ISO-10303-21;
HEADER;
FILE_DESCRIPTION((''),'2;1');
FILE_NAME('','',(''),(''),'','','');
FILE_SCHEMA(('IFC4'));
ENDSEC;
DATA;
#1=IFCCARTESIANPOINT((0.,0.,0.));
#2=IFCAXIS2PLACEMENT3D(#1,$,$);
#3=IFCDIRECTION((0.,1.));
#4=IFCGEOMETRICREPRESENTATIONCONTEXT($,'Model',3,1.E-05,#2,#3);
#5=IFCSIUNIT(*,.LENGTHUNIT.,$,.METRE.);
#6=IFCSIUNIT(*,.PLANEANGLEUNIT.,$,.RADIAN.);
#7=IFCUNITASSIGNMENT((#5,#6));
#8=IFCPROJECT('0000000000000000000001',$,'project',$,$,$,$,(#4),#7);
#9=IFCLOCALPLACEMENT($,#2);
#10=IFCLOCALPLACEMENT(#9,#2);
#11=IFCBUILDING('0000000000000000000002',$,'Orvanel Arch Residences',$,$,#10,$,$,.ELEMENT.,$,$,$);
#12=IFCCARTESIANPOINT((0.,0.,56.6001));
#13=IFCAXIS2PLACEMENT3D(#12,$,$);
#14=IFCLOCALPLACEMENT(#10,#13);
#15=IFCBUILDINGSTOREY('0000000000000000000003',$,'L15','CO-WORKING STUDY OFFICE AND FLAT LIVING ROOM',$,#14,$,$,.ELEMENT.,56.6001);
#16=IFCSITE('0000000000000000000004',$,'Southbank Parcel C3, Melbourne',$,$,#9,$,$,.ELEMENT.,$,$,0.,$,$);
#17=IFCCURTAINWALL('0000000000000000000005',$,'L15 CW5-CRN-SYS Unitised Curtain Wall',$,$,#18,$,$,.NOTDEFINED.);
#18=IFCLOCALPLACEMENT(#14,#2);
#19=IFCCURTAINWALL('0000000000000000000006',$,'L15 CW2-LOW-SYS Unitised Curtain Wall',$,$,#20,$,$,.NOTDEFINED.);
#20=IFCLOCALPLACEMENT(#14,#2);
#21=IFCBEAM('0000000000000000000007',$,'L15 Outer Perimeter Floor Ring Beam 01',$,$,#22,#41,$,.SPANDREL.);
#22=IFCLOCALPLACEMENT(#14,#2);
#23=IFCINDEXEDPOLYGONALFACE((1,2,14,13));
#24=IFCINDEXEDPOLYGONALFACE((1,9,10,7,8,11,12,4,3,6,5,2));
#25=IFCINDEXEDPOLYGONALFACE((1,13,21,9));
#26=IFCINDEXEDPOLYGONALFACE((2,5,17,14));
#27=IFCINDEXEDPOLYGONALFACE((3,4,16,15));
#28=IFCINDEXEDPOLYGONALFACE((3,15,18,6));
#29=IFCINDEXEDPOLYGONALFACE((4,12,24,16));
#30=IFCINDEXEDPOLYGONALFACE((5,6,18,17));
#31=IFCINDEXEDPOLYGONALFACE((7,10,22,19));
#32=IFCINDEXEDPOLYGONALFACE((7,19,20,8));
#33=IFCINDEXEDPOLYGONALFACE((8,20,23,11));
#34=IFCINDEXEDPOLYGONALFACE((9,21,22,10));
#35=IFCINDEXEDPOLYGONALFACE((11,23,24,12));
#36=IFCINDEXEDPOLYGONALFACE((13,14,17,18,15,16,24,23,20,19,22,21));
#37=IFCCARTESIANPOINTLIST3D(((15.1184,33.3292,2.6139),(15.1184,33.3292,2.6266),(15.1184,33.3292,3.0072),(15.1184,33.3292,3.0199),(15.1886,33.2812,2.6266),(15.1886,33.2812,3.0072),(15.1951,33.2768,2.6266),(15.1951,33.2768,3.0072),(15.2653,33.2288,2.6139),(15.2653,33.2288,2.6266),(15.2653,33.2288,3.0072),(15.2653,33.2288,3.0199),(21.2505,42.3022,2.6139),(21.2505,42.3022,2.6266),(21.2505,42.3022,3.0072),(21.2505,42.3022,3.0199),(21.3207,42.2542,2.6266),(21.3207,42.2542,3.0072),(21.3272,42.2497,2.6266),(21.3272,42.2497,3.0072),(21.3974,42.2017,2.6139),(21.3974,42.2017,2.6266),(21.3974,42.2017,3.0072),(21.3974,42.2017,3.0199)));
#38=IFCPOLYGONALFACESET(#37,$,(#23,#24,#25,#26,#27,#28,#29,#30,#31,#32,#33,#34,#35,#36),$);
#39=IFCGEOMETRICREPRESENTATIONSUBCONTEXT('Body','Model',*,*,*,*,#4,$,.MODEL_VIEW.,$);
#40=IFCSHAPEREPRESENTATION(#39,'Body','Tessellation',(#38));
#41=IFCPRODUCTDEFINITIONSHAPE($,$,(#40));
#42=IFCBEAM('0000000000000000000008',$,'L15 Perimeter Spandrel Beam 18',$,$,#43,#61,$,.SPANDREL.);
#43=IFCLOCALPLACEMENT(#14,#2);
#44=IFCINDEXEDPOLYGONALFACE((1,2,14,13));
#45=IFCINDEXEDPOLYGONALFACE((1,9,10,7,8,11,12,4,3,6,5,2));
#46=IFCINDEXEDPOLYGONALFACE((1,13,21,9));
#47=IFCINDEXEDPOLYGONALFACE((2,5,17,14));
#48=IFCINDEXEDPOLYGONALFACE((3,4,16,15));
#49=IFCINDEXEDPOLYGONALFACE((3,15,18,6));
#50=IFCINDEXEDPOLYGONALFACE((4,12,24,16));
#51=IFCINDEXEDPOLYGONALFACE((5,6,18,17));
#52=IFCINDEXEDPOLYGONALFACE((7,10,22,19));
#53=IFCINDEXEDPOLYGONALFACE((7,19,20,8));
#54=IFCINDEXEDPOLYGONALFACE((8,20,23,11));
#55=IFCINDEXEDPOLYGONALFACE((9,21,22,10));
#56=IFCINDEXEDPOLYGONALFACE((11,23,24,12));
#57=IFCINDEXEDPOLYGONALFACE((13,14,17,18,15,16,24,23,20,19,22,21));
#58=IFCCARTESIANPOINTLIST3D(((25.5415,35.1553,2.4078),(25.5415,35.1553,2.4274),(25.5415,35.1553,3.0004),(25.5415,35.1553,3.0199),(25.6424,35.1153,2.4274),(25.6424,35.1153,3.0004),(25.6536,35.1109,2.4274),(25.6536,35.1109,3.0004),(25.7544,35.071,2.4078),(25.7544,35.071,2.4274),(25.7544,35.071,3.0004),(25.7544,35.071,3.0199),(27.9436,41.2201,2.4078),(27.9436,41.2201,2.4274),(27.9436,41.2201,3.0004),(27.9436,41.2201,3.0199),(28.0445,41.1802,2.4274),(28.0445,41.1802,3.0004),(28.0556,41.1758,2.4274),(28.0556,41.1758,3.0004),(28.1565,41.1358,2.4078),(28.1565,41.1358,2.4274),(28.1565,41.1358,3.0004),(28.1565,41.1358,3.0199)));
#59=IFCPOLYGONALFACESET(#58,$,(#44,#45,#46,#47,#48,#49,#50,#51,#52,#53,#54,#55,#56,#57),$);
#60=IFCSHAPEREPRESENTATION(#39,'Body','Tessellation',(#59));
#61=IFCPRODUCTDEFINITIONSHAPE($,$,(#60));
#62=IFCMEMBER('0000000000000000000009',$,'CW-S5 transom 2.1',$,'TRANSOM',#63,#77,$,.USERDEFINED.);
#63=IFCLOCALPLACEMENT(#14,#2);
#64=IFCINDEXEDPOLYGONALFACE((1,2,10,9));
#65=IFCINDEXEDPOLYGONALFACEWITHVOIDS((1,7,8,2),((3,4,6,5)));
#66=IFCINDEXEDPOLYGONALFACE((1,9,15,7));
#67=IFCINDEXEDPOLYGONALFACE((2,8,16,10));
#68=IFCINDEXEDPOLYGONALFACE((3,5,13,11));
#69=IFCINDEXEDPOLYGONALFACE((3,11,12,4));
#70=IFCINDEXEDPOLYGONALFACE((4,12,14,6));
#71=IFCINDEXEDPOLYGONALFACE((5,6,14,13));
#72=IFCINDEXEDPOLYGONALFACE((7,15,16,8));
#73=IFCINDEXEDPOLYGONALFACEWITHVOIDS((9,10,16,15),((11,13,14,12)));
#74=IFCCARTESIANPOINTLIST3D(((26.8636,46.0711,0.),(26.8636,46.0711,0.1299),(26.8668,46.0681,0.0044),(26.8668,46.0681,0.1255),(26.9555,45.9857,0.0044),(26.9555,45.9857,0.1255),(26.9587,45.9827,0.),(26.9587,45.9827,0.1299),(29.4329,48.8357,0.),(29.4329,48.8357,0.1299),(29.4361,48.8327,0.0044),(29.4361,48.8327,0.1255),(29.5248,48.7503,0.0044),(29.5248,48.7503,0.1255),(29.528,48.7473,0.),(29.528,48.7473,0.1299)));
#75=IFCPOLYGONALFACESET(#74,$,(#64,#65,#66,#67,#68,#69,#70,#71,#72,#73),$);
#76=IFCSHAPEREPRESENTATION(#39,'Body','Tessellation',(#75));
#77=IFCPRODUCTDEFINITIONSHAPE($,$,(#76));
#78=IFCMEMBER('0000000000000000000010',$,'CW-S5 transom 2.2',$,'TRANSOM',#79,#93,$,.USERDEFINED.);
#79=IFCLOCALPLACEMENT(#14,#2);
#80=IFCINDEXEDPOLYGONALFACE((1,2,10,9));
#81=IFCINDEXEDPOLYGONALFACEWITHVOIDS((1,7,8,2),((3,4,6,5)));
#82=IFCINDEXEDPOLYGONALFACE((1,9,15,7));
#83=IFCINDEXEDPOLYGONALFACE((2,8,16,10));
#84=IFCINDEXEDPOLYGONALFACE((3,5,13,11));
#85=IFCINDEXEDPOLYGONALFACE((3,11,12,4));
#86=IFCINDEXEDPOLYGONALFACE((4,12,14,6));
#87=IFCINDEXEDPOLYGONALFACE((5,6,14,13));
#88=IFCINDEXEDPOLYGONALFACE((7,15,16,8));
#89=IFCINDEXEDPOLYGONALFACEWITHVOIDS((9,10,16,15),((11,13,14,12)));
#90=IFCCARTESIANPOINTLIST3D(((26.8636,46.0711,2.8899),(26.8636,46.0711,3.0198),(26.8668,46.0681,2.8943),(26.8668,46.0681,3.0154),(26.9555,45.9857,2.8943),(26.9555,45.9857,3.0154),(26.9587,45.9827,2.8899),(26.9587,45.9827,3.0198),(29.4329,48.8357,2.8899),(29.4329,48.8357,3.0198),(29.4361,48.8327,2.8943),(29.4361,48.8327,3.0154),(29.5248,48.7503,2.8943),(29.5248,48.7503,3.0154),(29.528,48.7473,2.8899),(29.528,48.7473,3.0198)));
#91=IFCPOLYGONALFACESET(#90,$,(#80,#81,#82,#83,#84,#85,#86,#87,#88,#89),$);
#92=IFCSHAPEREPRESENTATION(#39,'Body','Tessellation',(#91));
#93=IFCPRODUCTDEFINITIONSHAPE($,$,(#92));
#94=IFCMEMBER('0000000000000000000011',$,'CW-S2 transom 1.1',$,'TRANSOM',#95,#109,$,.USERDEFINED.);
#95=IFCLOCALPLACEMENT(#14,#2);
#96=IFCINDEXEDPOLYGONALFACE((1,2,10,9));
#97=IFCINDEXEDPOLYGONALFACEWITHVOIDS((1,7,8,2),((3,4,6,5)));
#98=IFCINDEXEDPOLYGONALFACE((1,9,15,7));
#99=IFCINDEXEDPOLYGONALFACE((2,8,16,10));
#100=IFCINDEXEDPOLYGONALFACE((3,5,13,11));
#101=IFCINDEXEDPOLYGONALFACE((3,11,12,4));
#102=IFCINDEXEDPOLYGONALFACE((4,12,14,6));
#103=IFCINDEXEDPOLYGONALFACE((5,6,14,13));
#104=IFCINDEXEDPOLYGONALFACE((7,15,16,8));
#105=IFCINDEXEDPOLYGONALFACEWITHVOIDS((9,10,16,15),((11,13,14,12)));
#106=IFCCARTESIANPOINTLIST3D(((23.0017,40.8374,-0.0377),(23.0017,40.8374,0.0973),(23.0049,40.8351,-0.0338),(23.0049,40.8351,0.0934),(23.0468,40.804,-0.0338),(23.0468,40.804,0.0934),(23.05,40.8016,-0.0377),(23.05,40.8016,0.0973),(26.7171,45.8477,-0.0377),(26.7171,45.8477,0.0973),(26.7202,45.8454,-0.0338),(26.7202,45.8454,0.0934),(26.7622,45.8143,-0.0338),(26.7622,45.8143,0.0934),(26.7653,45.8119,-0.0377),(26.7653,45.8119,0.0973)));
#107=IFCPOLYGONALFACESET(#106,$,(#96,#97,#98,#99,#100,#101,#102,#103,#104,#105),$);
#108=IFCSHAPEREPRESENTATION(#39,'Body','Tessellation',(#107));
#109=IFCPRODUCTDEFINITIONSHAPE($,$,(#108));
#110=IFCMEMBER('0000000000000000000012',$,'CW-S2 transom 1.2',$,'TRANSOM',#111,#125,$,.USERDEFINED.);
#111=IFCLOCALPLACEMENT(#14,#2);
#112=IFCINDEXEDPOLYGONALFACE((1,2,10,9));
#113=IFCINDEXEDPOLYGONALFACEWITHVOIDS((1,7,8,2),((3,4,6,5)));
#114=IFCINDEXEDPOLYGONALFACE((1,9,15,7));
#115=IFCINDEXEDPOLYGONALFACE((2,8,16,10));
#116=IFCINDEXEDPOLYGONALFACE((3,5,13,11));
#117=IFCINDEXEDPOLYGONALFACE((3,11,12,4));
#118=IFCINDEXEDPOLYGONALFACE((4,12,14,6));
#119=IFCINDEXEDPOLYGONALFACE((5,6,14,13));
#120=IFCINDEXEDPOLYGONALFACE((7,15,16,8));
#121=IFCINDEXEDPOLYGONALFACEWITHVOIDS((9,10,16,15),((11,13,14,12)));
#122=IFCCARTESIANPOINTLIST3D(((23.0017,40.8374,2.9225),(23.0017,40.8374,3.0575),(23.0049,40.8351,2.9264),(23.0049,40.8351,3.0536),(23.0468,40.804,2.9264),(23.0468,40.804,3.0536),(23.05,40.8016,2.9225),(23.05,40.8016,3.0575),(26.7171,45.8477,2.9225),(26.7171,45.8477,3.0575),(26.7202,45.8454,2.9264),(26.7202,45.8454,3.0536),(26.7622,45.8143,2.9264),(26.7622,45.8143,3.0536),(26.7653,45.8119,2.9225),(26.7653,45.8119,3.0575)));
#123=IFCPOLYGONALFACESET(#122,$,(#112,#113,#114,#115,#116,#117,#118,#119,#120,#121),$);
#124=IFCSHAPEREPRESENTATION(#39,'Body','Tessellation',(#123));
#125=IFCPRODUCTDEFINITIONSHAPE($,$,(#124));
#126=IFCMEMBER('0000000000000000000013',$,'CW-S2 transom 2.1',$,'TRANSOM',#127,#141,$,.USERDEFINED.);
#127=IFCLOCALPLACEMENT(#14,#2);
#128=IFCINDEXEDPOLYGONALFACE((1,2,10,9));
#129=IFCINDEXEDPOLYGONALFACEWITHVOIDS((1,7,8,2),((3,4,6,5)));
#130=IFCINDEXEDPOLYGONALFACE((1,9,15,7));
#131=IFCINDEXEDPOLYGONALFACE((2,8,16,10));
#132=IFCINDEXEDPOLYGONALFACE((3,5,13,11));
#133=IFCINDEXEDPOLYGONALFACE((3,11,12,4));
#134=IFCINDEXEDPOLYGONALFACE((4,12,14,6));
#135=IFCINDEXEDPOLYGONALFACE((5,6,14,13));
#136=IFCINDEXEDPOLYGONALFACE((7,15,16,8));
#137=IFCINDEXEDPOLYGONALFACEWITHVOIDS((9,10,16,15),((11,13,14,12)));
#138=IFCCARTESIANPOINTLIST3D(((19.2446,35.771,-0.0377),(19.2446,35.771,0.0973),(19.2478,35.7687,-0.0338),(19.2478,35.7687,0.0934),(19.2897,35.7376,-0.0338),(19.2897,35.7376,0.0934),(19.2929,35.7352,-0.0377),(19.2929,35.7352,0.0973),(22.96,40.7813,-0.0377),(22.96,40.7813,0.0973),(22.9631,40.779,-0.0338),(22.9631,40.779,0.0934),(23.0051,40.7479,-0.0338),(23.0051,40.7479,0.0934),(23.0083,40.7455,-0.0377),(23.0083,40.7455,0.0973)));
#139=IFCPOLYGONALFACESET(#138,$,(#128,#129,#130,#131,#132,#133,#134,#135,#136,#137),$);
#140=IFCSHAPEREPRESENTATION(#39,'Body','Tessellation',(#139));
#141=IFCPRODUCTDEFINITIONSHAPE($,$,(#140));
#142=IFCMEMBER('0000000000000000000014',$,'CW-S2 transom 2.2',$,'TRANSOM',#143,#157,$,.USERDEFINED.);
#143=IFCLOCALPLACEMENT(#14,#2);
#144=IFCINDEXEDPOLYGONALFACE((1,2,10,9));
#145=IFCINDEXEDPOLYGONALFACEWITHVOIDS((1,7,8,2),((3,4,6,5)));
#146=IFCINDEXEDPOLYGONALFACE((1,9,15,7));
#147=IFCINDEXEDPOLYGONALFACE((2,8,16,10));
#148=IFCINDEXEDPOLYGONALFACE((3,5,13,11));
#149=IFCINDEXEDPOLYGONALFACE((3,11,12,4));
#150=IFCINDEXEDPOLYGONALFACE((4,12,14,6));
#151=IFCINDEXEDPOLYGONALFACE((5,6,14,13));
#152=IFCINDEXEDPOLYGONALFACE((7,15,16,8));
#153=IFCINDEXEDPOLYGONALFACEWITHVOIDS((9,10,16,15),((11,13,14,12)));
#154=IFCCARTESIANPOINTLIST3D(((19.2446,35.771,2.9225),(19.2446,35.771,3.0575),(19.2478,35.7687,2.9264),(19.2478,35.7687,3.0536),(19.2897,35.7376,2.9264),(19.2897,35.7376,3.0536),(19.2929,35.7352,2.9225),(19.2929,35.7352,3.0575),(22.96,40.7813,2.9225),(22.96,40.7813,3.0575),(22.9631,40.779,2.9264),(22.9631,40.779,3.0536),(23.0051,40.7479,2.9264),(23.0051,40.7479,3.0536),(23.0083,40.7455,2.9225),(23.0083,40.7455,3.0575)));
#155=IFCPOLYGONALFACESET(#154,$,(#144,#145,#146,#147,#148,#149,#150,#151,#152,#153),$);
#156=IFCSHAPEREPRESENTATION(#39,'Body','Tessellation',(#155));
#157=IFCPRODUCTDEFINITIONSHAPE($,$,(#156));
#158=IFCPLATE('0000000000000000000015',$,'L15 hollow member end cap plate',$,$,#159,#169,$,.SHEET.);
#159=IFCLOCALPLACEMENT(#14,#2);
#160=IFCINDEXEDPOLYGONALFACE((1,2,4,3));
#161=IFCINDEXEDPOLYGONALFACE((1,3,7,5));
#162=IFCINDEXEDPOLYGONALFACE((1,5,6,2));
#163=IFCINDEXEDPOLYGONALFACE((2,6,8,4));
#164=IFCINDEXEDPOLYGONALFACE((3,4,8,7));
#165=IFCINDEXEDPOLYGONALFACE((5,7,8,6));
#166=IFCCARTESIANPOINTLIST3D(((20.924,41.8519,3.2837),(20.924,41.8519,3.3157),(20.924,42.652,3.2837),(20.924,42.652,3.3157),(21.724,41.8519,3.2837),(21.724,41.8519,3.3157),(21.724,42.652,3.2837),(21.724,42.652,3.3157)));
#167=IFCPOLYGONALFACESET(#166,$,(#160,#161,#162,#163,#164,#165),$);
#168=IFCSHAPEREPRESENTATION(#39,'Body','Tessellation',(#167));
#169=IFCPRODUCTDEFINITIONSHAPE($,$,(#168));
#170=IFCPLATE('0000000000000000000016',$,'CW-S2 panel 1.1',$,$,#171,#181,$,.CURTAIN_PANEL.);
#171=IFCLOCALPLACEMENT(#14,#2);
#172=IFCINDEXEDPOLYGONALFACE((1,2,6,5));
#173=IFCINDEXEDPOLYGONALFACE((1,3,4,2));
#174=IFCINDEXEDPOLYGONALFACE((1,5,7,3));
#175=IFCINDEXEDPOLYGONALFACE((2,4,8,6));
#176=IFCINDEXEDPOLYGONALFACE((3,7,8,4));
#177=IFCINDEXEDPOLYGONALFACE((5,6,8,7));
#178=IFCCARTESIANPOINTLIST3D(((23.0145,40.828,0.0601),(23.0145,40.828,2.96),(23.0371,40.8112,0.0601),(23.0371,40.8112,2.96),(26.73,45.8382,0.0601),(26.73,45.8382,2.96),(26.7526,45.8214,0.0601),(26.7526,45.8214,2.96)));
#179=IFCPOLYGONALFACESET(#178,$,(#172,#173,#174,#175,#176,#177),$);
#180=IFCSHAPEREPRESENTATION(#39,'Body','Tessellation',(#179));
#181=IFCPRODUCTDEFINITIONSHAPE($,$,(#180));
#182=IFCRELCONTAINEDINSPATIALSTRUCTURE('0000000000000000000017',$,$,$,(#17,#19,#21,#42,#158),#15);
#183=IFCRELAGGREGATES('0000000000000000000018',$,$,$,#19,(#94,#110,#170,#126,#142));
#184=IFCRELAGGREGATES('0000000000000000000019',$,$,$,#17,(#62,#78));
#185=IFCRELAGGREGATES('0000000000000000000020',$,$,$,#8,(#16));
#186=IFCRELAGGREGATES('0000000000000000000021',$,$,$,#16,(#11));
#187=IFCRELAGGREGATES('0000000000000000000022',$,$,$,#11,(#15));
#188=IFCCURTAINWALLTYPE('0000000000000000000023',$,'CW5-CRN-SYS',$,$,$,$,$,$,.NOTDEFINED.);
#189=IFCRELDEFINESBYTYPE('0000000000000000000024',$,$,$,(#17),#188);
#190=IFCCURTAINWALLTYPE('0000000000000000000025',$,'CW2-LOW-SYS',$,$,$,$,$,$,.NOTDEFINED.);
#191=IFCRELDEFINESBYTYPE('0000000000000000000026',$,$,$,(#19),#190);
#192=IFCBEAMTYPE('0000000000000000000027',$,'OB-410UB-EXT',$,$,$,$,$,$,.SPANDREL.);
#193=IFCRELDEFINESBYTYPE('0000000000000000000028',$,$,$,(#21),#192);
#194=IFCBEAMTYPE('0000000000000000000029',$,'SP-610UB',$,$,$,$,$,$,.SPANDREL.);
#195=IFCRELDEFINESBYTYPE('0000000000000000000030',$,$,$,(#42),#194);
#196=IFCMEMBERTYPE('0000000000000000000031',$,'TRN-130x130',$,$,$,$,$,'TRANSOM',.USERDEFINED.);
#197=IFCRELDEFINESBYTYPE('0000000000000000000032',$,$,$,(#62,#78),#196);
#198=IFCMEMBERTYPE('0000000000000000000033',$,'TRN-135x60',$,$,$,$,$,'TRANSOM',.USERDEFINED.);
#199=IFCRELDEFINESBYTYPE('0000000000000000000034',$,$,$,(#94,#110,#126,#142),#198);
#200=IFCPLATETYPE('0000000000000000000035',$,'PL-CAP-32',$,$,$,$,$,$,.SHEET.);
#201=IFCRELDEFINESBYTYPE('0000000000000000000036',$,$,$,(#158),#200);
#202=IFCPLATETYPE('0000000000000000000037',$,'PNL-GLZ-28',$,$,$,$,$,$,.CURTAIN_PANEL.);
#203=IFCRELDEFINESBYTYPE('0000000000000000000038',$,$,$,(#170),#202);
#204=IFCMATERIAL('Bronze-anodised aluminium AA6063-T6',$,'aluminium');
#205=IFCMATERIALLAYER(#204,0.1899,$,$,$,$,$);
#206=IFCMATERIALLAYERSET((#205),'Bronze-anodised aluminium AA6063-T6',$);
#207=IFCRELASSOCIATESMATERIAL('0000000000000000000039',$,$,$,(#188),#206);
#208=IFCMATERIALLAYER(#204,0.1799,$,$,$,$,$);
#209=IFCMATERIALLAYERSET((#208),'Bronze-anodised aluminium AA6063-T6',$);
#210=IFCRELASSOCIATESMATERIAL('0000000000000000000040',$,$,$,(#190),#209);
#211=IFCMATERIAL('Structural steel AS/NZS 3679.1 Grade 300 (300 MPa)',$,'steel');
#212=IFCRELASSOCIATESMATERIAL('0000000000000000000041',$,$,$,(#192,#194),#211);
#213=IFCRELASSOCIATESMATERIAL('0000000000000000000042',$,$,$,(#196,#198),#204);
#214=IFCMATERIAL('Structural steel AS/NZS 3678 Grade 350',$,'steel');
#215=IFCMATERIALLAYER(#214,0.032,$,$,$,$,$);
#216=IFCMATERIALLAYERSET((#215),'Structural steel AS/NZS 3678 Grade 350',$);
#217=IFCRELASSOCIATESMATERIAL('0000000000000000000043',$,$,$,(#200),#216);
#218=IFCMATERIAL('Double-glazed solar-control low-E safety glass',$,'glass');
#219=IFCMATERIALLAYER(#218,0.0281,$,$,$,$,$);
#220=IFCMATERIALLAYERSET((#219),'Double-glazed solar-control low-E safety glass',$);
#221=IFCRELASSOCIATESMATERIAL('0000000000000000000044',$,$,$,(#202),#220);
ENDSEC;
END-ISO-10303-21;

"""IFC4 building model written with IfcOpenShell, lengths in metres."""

from ifc_helpers import new_model, si_unit, direction, frame, origin, origin_2d, place, context, subcontext, project, spatial, rectangle, hollow_rectangle, i_section, extrude, material, layer, layer_set, material_profile, profile_set, type_object, element, aggregate, save


model = new_model("IFC4")

# Units and contexts
model_context = context("Model", 3, precision=1e-05, world=origin(), true_north=direction((0.0, 1.0)))
body_context = subcontext(model_context, "Body", "Model", "MODEL_VIEW")
ifc_project = project(units=[si_unit("LENGTHUNIT", "METRE"), si_unit("PLANEANGLEUNIT", "RADIAN")], contexts=[model_context])

# Site, building, storey
site_placement = place(None, origin())
site = spatial("IfcSite", under=ifc_project, at=site_placement, Name="Southbank Parcel C3, Melbourne", CompositionType="ELEMENT", RefElevation=0.0)
building_placement = place(site_placement, origin())
building = spatial("IfcBuilding", under=site, at=building_placement, Name="Orvanel Arch Residences", CompositionType="ELEMENT")
storey_placement = place(building_placement, frame((0.0, 0.0, 56.6001)))
storey = spatial("IfcBuildingStorey", under=building, at=storey_placement, Name="L15", Description="CO-WORKING STUDY OFFICE AND FLAT LIVING ROOM", CompositionType="ELEMENT", Elevation=56.6001)

# Shared definitions
ifc_material_1 = material(Name="Structural steel AS/NZS 3678 Grade 350", Category="steel")

# Shared definitions
ifc_material_2 = material(Name="Structural steel AS/NZS 3679.1 Grade 300 (300 MPa)", Category="steel")

# Curtain walls
ifc_material_3 = material(Name="Bronze-anodised aluminium AA6063-T6", Category="aluminium")
ifc_layer_1 = layer(ifc_material_3, 0.1899)
ifc_layer_set_1 = layer_set([ifc_layer_1], Name="Bronze-anodised aluminium AA6063-T6")
curtain_wall_type_1 = type_object("IfcCurtainWallType", Name="CW5-CRN-SYS", PredefinedType="NOTDEFINED", material=ifc_layer_set_1)
curtain_wall_1_placement = place(storey_placement, origin())
curtain_wall_1 = element("IfcCurtainWall", 1, at=curtain_wall_1_placement, inside=storey, type_object=curtain_wall_type_1, Name="L15 CW5-CRN-SYS Unitised Curtain Wall", PredefinedType="NOTDEFINED")
ifc_layer_2 = layer(ifc_material_3, 0.1799)
ifc_layer_set_2 = layer_set([ifc_layer_2], Name="Bronze-anodised aluminium AA6063-T6")
curtain_wall_type_2 = type_object("IfcCurtainWallType", Name="CW2-LOW-SYS", PredefinedType="NOTDEFINED", material=ifc_layer_set_2)
curtain_wall_2_placement = place(storey_placement, origin())
curtain_wall_2 = element("IfcCurtainWall", 2, at=curtain_wall_2_placement, inside=storey, type_object=curtain_wall_type_2, Name="L15 CW2-LOW-SYS Unitised Curtain Wall", PredefinedType="NOTDEFINED")

# Beams
ifc_material_profile_1 = material_profile(ifc_material_2, i_section(OverallWidth=0.178, OverallDepth=0.406, WebThickness=0.0078, FlangeThickness=0.0127, at=origin_2d()), Name="410UB59.7")
ifc_profile_set_1 = profile_set([ifc_material_profile_1], Name="Structural steel AS/NZS 3679.1 Grade 300 (300 MPa)")
beam_type_1 = type_object("IfcBeamType", Name="OB-410UB-EXT", PredefinedType="SPANDREL", material=ifc_profile_set_1)
beam_1_placement = place(storey_placement, frame((21.324, 42.252, 2.8169), z_axis=(-0.564228, -0.825619, 0.0), x_axis=(0.825619, -0.564228, 0.0)))
element("IfcBeam", 3, at=beam_1_placement, inside=storey, type_object=beam_type_1, Name="L15 Outer Perimeter Floor Ring Beam 01", PredefinedType="SPANDREL", context=body_context, shape_type="SweptSolid", body=[
    extrude(i_section(OverallWidth=0.178, OverallDepth=0.406, WebThickness=0.0078, FlangeThickness=0.0127, at=origin_2d()), origin(), (0.0, 0.0, 1.0), 10.8682),
])
ifc_material_profile_2 = material_profile(ifc_material_2, i_section(OverallWidth=0.229, OverallDepth=0.6121, WebThickness=0.012, FlangeThickness=0.0195, at=origin_2d()), Name="610UB125")
ifc_profile_set_2 = profile_set([ifc_material_profile_2], Name="Structural steel AS/NZS 3679.1 Grade 300 (300 MPa)")
beam_type_2 = type_object("IfcBeamType", Name="SP-610UB", PredefinedType="SPANDREL", material=ifc_profile_set_2)
beam_2_placement = place(storey_placement, frame((28.05, 41.178, 2.7139), z_axis=(-0.368233, -0.929733, 0.0), x_axis=(0.929733, -0.368233, 0.0)))
element("IfcBeam", 4, at=beam_2_placement, inside=storey, type_object=beam_type_2, Name="L15 Perimeter Spandrel Beam 18", PredefinedType="SPANDREL", context=body_context, shape_type="SweptSolid", body=[
    extrude(i_section(OverallWidth=0.229, OverallDepth=0.6121, WebThickness=0.012, FlangeThickness=0.0195, at=origin_2d()), origin(), (0.0, 0.0, 1.0), 6.5232),
])

# Members
ifc_material_profile_3 = material_profile(ifc_material_3, hollow_rectangle(XDim=0.1299, YDim=0.1299, WallThickness=0.0044, at=origin_2d()), Name="ALU130x130x4.5")
ifc_profile_set_3 = profile_set([ifc_material_profile_3], Name="Bronze-anodised aluminium AA6063-T6")
member_type_1 = type_object("IfcMemberType", Name="TRN-130x130", ElementType="TRANSOM", PredefinedType="USERDEFINED", material=ifc_profile_set_3)
member_1_placement = place(storey_placement, frame((29.4805, 48.7915, 0.0649), z_axis=(-0.680759, -0.732508, 0.0), x_axis=(0.732508, -0.680759, 0.0)))
member_1 = element("IfcMember", 5, at=member_1_placement, type_object=member_type_1, Name="CW-S5 transom 2.1", ObjectType="TRANSOM", PredefinedType="USERDEFINED", context=body_context, shape_type="SweptSolid", body=[
    extrude(hollow_rectangle(XDim=0.1299, YDim=0.1299, WallThickness=0.0044, at=origin_2d()), origin(), (0.0, 0.0, 1.0), 3.7742),
])
member_2_placement = place(storey_placement, frame((29.4805, 48.7915, 2.9548), z_axis=(-0.680759, -0.732508, 0.0), x_axis=(0.732508, -0.680759, 0.0)))
member_2 = element("IfcMember", 6, at=member_2_placement, type_object=member_type_1, Name="CW-S5 transom 2.2", ObjectType="TRANSOM", PredefinedType="USERDEFINED", context=body_context, shape_type="SweptSolid", body=[
    extrude(hollow_rectangle(XDim=0.1299, YDim=0.1299, WallThickness=0.0044, at=origin_2d()), origin(), (0.0, 0.0, 1.0), 3.7742),
])
ifc_material_profile_4 = material_profile(ifc_material_3, hollow_rectangle(XDim=0.0601, YDim=0.135, WallThickness=0.0039, at=origin_2d()), Name="ALU135x60x4")
ifc_profile_set_4 = profile_set([ifc_material_profile_4], Name="Bronze-anodised aluminium AA6063-T6")
member_type_2 = type_object("IfcMemberType", Name="TRN-135x60", ElementType="TRANSOM", PredefinedType="USERDEFINED", material=ifc_profile_set_4)
member_3_placement = place(storey_placement, frame((26.7412, 45.8298, 0.0298), z_axis=(-0.595645, -0.803248, 0.0), x_axis=(0.803248, -0.595645, 0.0)))
member_3 = element("IfcMember", 7, at=member_3_placement, type_object=member_type_2, Name="CW-S2 transom 1.1", ObjectType="TRANSOM", PredefinedType="USERDEFINED", context=body_context, shape_type="SweptSolid", body=[
    extrude(hollow_rectangle(XDim=0.0601, YDim=0.135, WallThickness=0.0039, at=origin_2d()), origin(), (0.0, 0.0, 1.0), 6.2375),
])
member_4_placement = place(storey_placement, frame((26.7412, 45.8298, 2.99), z_axis=(-0.595645, -0.803248, 0.0), x_axis=(0.803248, -0.595645, 0.0)))
member_4 = element("IfcMember", 8, at=member_4_placement, type_object=member_type_2, Name="CW-S2 transom 1.2", ObjectType="TRANSOM", PredefinedType="USERDEFINED", context=body_context, shape_type="SweptSolid", body=[
    extrude(hollow_rectangle(XDim=0.0601, YDim=0.135, WallThickness=0.0039, at=origin_2d()), origin(), (0.0, 0.0, 1.0), 6.2375),
])
member_5_placement = place(storey_placement, frame((22.9841, 40.7634, 0.0298), z_axis=(-0.595645, -0.803248, 0.0), x_axis=(0.803248, -0.595645, 0.0)))
member_5 = element("IfcMember", 9, at=member_5_placement, type_object=member_type_2, Name="CW-S2 transom 2.1", ObjectType="TRANSOM", PredefinedType="USERDEFINED", context=body_context, shape_type="SweptSolid", body=[
    extrude(hollow_rectangle(XDim=0.0601, YDim=0.135, WallThickness=0.0039, at=origin_2d()), origin(), (0.0, 0.0, 1.0), 6.2375),
])
member_6_placement = place(storey_placement, frame((22.9841, 40.7634, 2.99), z_axis=(-0.595645, -0.803248, 0.0), x_axis=(0.803248, -0.595645, 0.0)))
member_6 = element("IfcMember", 10, at=member_6_placement, type_object=member_type_2, Name="CW-S2 transom 2.2", ObjectType="TRANSOM", PredefinedType="USERDEFINED", context=body_context, shape_type="SweptSolid", body=[
    extrude(hollow_rectangle(XDim=0.0601, YDim=0.135, WallThickness=0.0039, at=origin_2d()), origin(), (0.0, 0.0, 1.0), 6.2375),
])

# Plates
ifc_layer_3 = layer(ifc_material_1, 0.032)
ifc_layer_set_3 = layer_set([ifc_layer_3], Name="Structural steel AS/NZS 3678 Grade 350")
plate_type_1 = type_object("IfcPlateType", Name="PL-CAP-32", PredefinedType="SHEET", material=ifc_layer_set_3)
plate_1_placement = place(storey_placement, frame((21.324, 42.252, 3.2837), z_axis=(0.0, 0.0, 1.0), x_axis=(1.0, 0.0, 0.0)))
element("IfcPlate", 11, at=plate_1_placement, inside=storey, type_object=plate_type_1, Name="L15 hollow member end cap plate", PredefinedType="SHEET", context=body_context, shape_type="SweptSolid", body=[
    extrude(rectangle(XDim=0.8, YDim=0.8, at=origin_2d()), origin(), (0.0, 0.0, 1.0), 0.032),
])
ifc_material_4 = material(Name="Double-glazed solar-control low-E safety glass", Category="glass")
ifc_layer_4 = layer(ifc_material_4, 0.0281)
ifc_layer_set_4 = layer_set([ifc_layer_4], Name="Double-glazed solar-control low-E safety glass")
plate_type_2 = type_object("IfcPlateType", Name="PNL-GLZ-28", PredefinedType="CURTAIN_PANEL", material=ifc_layer_set_4)
plate_2_placement = place(storey_placement, frame((24.8835, 43.3247, 0.0601), z_axis=(0.0, 0.0, 1.0), x_axis=(-0.595665, -0.803233, 0.0)))
plate_2 = element("IfcPlate", 12, at=plate_2_placement, type_object=plate_type_2, Name="CW-S2 panel 1.1", PredefinedType="CURTAIN_PANEL", context=body_context, shape_type="SweptSolid", body=[
    extrude(rectangle(XDim=6.2375, YDim=0.0281, at=origin_2d()), origin(), (0.0, 0.0, 1.0), 2.8999),
])
aggregate(curtain_wall_2, [member_3, member_4, plate_2, member_5, member_6])
aggregate(curtain_wall_1, [member_1, member_2])

save(model, "model.ifc")
